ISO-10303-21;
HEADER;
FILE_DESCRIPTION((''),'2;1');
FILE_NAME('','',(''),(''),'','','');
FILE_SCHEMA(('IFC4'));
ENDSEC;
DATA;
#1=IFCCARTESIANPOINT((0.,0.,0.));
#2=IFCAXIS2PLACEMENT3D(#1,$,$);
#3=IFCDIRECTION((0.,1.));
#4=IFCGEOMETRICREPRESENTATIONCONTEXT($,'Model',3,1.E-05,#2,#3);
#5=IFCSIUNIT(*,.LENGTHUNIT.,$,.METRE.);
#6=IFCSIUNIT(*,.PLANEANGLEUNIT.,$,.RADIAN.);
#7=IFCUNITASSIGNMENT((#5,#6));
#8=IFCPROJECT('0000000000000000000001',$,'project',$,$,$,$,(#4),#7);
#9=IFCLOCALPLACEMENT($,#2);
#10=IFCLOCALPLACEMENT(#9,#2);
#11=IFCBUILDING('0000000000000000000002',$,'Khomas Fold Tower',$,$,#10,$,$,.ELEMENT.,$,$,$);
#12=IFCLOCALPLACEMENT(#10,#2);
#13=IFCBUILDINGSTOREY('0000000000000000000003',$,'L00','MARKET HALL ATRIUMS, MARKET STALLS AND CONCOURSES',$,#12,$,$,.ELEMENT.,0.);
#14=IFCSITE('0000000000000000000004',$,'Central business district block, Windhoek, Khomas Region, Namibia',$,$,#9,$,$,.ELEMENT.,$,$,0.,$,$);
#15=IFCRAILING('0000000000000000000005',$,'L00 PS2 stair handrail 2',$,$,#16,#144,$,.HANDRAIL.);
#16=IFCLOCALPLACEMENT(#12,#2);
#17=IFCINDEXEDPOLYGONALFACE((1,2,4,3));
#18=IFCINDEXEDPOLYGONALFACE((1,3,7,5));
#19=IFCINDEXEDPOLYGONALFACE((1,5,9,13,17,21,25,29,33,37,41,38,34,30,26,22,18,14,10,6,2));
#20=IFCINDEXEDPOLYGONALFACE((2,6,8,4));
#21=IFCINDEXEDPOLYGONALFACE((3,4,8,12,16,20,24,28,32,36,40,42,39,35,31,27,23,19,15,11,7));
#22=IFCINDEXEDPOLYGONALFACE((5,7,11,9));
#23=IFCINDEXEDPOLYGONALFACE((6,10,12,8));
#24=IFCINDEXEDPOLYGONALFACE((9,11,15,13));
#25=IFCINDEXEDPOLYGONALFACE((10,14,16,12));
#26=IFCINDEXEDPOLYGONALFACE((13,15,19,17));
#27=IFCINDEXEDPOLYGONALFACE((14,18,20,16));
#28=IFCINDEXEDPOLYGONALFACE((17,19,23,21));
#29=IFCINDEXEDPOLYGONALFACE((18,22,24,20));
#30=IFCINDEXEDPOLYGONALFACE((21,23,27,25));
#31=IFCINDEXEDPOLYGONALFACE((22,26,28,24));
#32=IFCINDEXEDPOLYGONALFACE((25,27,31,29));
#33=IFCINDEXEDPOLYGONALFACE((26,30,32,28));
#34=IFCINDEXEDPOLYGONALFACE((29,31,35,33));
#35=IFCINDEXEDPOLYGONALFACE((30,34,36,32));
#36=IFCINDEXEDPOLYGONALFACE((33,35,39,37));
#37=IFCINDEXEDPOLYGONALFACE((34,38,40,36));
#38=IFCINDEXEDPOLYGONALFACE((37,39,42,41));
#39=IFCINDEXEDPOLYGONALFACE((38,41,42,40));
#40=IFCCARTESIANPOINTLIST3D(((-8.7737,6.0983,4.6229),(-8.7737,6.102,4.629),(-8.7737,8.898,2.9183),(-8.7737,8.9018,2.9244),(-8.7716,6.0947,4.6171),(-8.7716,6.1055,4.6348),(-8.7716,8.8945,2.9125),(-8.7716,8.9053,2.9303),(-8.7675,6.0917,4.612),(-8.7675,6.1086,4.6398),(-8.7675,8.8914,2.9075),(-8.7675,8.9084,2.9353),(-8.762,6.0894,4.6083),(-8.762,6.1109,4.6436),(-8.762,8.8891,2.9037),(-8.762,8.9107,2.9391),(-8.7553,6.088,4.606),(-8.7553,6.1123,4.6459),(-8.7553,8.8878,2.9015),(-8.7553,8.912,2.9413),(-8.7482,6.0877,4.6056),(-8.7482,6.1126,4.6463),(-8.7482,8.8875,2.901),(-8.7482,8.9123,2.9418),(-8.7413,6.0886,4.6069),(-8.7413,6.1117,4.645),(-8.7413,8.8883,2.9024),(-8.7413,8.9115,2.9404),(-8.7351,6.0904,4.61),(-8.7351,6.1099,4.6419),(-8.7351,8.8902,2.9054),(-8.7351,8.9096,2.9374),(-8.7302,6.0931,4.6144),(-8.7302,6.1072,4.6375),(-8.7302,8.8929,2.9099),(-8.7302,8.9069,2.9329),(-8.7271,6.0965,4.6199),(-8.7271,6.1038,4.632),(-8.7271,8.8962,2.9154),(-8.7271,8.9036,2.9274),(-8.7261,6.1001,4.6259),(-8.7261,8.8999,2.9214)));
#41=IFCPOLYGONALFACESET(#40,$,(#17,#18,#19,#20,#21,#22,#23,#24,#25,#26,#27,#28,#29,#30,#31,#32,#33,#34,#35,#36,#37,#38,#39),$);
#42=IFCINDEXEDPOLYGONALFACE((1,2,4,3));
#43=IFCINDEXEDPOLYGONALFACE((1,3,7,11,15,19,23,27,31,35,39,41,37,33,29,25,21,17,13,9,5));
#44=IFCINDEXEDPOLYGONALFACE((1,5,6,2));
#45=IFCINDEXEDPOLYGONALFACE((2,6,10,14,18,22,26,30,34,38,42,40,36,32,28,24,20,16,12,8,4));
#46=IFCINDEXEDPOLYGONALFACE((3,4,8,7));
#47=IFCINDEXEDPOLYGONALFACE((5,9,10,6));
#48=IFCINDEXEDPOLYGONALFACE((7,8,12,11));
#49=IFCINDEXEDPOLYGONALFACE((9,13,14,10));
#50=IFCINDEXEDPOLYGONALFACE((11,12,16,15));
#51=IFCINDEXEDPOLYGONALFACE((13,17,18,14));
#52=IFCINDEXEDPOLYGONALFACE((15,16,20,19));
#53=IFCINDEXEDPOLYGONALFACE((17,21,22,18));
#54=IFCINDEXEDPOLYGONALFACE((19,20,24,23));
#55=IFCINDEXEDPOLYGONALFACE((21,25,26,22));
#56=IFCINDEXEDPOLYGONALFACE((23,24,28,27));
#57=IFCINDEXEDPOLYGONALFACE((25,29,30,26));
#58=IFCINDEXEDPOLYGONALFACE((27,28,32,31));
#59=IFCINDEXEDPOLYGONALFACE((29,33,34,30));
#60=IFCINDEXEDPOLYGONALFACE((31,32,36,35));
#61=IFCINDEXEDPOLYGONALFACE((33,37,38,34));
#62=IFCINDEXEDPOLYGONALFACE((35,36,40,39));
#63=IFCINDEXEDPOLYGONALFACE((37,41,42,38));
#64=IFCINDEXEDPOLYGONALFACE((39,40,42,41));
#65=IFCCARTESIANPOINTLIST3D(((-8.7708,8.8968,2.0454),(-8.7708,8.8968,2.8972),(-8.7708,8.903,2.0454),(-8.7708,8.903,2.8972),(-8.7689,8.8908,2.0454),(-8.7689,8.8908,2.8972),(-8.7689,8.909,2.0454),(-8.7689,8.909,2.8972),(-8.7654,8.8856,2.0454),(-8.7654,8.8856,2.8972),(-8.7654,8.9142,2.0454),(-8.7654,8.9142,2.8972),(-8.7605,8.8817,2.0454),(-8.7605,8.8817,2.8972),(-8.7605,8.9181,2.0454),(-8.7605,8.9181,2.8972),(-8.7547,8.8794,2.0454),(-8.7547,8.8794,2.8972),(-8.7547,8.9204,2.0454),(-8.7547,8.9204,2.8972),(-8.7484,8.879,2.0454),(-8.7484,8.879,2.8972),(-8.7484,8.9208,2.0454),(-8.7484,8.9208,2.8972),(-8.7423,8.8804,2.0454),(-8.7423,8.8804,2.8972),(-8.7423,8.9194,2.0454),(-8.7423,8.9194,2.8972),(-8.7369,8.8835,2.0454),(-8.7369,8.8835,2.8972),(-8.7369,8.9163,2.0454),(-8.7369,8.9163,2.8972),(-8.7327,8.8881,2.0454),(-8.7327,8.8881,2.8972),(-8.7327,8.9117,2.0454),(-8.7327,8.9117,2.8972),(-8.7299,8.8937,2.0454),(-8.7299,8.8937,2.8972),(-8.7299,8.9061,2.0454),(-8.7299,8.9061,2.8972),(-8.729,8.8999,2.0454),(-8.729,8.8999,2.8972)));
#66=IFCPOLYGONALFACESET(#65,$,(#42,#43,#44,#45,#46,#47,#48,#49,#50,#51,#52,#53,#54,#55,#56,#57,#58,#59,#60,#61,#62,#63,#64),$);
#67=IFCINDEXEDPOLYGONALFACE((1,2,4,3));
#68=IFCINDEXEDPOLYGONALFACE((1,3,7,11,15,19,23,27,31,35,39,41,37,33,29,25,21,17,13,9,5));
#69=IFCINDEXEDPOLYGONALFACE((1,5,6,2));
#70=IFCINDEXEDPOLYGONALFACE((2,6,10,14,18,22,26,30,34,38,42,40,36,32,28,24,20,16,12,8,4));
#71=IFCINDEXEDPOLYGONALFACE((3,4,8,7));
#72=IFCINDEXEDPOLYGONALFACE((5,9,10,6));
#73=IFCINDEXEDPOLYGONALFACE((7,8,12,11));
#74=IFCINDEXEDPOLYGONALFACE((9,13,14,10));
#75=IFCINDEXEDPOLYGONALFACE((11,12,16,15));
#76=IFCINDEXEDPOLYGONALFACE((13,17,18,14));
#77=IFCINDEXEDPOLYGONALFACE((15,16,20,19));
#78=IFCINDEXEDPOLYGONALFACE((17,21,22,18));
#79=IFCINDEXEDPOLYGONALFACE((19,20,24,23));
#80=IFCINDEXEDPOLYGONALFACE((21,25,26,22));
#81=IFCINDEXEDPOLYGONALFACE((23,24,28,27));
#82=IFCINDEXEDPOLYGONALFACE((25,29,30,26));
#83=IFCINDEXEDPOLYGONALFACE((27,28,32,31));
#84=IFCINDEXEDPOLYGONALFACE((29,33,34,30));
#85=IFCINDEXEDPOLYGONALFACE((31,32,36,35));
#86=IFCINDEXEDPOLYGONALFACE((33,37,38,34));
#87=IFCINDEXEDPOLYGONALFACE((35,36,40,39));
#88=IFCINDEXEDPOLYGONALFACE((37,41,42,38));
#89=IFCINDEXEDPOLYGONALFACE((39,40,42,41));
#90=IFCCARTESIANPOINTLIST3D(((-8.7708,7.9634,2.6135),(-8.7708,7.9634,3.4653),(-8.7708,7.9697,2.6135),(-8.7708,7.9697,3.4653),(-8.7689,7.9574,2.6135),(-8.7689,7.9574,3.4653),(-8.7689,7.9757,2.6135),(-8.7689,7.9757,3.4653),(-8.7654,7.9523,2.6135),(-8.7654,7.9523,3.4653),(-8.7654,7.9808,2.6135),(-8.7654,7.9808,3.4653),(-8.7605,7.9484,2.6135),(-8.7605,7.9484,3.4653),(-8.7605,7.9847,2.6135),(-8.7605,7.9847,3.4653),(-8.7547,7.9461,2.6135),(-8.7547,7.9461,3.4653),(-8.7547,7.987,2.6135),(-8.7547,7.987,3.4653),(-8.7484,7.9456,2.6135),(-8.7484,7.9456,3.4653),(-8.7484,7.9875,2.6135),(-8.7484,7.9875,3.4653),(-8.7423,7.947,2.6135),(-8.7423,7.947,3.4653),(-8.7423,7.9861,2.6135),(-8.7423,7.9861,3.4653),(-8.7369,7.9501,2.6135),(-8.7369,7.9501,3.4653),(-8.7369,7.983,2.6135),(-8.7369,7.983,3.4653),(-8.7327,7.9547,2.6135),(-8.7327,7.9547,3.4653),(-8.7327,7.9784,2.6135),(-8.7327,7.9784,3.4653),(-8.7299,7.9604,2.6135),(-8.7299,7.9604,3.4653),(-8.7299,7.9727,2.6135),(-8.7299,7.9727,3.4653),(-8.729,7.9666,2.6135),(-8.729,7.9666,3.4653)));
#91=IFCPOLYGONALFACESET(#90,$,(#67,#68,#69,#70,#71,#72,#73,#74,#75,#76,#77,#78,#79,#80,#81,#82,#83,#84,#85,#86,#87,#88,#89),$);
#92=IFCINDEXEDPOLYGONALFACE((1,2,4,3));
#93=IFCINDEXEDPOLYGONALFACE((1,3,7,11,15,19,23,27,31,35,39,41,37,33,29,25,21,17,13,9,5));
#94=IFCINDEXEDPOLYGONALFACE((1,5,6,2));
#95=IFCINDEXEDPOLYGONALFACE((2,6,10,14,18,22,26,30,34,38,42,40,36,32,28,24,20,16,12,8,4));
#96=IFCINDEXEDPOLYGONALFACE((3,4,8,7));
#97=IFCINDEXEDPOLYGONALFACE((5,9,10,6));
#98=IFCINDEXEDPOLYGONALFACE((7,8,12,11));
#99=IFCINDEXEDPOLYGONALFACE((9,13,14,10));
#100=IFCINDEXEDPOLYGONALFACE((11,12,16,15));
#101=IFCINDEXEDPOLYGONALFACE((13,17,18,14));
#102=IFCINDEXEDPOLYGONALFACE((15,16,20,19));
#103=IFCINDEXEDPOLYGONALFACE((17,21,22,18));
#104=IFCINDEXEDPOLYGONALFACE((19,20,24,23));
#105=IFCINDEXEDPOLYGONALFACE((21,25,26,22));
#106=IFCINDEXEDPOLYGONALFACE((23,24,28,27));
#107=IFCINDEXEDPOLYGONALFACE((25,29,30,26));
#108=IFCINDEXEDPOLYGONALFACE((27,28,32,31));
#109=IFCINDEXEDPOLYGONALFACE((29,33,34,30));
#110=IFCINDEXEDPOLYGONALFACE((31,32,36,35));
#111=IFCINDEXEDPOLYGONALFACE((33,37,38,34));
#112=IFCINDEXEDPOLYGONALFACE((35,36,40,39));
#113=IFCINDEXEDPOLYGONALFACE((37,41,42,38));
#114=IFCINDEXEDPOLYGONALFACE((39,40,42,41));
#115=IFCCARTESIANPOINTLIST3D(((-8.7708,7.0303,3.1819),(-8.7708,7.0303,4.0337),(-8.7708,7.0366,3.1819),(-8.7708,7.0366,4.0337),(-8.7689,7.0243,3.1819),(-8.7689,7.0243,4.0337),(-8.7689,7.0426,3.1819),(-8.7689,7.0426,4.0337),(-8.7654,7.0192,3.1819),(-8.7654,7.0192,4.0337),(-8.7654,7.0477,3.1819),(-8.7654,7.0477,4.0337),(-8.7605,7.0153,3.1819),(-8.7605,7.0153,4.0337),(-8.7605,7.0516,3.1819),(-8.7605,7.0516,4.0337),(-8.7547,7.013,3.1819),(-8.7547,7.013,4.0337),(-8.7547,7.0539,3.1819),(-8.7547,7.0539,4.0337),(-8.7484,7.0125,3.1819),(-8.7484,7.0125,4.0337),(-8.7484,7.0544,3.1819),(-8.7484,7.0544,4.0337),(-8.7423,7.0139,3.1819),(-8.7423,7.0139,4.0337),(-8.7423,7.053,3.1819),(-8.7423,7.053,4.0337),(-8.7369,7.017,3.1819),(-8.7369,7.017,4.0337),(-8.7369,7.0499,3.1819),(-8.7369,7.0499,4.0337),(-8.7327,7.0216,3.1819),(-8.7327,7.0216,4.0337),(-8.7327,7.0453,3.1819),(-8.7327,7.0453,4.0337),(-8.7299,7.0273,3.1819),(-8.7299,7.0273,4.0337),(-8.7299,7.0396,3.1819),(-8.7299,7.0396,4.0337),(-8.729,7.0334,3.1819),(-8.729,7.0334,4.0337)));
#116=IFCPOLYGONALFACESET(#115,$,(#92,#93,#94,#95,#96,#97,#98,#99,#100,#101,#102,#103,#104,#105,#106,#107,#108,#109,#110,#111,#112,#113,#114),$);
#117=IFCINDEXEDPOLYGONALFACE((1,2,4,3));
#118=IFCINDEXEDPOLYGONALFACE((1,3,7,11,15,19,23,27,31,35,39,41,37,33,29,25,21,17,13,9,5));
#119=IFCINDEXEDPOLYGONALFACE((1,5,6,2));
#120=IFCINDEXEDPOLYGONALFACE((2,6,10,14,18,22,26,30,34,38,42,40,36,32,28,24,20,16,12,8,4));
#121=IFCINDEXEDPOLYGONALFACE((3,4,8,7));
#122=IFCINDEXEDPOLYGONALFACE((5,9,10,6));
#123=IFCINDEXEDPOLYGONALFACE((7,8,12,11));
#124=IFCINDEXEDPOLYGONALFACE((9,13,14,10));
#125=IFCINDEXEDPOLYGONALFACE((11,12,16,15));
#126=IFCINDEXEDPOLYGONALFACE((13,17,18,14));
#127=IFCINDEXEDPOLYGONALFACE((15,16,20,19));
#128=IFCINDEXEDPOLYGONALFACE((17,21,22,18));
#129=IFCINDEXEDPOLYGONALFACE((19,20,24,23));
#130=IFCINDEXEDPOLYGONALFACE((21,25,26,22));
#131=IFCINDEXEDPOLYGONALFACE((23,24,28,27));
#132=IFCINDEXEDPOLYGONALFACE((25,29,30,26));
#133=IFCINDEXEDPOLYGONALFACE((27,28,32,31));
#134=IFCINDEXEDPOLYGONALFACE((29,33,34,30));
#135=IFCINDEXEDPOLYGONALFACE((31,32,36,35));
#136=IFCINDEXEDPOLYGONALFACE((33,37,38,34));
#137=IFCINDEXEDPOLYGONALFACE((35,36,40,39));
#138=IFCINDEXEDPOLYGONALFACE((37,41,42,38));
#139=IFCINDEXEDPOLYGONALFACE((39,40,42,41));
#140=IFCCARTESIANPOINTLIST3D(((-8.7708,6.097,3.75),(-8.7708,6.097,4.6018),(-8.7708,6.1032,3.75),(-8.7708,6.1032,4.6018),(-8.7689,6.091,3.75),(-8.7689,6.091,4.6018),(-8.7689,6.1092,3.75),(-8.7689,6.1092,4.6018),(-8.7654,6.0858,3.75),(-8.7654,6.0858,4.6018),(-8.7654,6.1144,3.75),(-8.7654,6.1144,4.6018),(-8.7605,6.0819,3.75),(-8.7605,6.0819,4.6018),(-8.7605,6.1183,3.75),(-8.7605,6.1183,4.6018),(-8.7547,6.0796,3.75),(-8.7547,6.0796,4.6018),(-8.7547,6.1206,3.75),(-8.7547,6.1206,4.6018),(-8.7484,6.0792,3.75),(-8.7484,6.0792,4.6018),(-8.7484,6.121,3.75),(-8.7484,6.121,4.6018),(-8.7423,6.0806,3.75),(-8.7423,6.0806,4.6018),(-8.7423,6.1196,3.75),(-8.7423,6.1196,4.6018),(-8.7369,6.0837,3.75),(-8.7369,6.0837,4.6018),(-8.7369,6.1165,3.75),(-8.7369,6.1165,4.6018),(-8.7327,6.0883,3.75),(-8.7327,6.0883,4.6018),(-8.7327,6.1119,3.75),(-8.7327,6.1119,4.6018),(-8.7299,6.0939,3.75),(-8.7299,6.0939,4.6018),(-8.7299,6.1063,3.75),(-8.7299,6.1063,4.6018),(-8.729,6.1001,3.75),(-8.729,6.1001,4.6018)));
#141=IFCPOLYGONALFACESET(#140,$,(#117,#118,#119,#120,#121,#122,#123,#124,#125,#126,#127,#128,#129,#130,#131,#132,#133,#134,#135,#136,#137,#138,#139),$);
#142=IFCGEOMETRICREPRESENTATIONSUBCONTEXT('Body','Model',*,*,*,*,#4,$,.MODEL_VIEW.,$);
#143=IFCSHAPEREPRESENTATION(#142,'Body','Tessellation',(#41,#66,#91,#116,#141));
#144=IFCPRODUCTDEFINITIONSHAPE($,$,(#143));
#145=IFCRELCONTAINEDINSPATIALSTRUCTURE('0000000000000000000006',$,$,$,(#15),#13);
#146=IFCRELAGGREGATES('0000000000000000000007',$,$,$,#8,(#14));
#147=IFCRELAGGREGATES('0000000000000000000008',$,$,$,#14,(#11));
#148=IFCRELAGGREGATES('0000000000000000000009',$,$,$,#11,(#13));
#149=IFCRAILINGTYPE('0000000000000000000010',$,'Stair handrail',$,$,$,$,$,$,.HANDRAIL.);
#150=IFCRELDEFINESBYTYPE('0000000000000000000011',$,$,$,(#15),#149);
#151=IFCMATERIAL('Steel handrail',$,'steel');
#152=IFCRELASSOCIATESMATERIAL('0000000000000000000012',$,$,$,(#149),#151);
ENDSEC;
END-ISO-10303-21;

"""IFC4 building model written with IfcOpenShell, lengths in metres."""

from ifc_helpers import new_model, si_unit, direction, frame, origin, origin_2d, place, context, subcontext, project, spatial, circle, extrude, source, transform, mapped, material, type_object, element, save


model = new_model("IFC4")

# Units and contexts
model_context = context("Model", 3, precision=1e-05, world=origin(), true_north=direction((0.0, 1.0)))
body_context = subcontext(model_context, "Body", "Model", "MODEL_VIEW")
ifc_project = project(units=[si_unit("LENGTHUNIT", "METRE"), si_unit("PLANEANGLEUNIT", "RADIAN")], contexts=[model_context])

# Site, building, storey
site_placement = place(None, origin())
site = spatial("IfcSite", under=ifc_project, at=site_placement, Name="Central business district block, Windhoek, Khomas Region, Namibia", CompositionType="ELEMENT", RefElevation=0.0)
building_placement = place(site_placement, origin())
building = spatial("IfcBuilding", under=site, at=building_placement, Name="Khomas Fold Tower", CompositionType="ELEMENT")
storey_placement = place(building_placement, origin())
storey = spatial("IfcBuildingStorey", under=building, at=storey_placement, Name="L00", Description="MARKET HALL ATRIUMS, MARKET STALLS AND CONCOURSES", CompositionType="ELEMENT", Elevation=0.0)

# Railing
ifc_material_1 = material(Name="Steel handrail", Category="steel")
railing_type_1 = type_object("IfcRailingType", Name="Stair handrail", PredefinedType="HANDRAIL", material=ifc_material_1)
shared_shape_1 = source(origin(), body_context, "Body", "SweptSolid", [
    extrude(circle(Radius=0.0239, at=origin_2d()), frame((0.0, 0.0, 0.876), z_axis=(0.0, -0.85415, 0.520027), x_axis=(1.0, 0.0, 0.0)), (0.0, 0.0, 1.0), 3.2778),
    extrude(circle(Radius=0.021, at=origin_2d()), origin(), (0.0, 0.0, 1.0), 0.8518),
    extrude(circle(Radius=0.021, at=origin_2d()), frame((0.0, -0.9333, 0.5681)), (0.0, 0.0, 1.0), 0.8518),
    extrude(circle(Radius=0.021, at=origin_2d()), frame((0.0, -1.8665, 1.1365)), (0.0, 0.0, 1.0), 0.8518),
    extrude(circle(Radius=0.021, at=origin_2d()), frame((0.0, -2.7998, 1.7046)), (0.0, 0.0, 1.0), 0.8518),
])
for number, where, name in (
    (1, (-8.75, 8.8999, 2.0454), "L00 PS2 stair handrail 2"),
):
    element("IfcRailing", number, at=place(storey_placement, frame(where)), inside=storey, type_object=railing_type_1, Name=name, PredefinedType="HANDRAIL", context=body_context, shape_type="MappedRepresentation", body=[
        mapped(shared_shape_1, transform((0.0, 0.0, 0.0))),
    ])

save(model, "model.ifc")
